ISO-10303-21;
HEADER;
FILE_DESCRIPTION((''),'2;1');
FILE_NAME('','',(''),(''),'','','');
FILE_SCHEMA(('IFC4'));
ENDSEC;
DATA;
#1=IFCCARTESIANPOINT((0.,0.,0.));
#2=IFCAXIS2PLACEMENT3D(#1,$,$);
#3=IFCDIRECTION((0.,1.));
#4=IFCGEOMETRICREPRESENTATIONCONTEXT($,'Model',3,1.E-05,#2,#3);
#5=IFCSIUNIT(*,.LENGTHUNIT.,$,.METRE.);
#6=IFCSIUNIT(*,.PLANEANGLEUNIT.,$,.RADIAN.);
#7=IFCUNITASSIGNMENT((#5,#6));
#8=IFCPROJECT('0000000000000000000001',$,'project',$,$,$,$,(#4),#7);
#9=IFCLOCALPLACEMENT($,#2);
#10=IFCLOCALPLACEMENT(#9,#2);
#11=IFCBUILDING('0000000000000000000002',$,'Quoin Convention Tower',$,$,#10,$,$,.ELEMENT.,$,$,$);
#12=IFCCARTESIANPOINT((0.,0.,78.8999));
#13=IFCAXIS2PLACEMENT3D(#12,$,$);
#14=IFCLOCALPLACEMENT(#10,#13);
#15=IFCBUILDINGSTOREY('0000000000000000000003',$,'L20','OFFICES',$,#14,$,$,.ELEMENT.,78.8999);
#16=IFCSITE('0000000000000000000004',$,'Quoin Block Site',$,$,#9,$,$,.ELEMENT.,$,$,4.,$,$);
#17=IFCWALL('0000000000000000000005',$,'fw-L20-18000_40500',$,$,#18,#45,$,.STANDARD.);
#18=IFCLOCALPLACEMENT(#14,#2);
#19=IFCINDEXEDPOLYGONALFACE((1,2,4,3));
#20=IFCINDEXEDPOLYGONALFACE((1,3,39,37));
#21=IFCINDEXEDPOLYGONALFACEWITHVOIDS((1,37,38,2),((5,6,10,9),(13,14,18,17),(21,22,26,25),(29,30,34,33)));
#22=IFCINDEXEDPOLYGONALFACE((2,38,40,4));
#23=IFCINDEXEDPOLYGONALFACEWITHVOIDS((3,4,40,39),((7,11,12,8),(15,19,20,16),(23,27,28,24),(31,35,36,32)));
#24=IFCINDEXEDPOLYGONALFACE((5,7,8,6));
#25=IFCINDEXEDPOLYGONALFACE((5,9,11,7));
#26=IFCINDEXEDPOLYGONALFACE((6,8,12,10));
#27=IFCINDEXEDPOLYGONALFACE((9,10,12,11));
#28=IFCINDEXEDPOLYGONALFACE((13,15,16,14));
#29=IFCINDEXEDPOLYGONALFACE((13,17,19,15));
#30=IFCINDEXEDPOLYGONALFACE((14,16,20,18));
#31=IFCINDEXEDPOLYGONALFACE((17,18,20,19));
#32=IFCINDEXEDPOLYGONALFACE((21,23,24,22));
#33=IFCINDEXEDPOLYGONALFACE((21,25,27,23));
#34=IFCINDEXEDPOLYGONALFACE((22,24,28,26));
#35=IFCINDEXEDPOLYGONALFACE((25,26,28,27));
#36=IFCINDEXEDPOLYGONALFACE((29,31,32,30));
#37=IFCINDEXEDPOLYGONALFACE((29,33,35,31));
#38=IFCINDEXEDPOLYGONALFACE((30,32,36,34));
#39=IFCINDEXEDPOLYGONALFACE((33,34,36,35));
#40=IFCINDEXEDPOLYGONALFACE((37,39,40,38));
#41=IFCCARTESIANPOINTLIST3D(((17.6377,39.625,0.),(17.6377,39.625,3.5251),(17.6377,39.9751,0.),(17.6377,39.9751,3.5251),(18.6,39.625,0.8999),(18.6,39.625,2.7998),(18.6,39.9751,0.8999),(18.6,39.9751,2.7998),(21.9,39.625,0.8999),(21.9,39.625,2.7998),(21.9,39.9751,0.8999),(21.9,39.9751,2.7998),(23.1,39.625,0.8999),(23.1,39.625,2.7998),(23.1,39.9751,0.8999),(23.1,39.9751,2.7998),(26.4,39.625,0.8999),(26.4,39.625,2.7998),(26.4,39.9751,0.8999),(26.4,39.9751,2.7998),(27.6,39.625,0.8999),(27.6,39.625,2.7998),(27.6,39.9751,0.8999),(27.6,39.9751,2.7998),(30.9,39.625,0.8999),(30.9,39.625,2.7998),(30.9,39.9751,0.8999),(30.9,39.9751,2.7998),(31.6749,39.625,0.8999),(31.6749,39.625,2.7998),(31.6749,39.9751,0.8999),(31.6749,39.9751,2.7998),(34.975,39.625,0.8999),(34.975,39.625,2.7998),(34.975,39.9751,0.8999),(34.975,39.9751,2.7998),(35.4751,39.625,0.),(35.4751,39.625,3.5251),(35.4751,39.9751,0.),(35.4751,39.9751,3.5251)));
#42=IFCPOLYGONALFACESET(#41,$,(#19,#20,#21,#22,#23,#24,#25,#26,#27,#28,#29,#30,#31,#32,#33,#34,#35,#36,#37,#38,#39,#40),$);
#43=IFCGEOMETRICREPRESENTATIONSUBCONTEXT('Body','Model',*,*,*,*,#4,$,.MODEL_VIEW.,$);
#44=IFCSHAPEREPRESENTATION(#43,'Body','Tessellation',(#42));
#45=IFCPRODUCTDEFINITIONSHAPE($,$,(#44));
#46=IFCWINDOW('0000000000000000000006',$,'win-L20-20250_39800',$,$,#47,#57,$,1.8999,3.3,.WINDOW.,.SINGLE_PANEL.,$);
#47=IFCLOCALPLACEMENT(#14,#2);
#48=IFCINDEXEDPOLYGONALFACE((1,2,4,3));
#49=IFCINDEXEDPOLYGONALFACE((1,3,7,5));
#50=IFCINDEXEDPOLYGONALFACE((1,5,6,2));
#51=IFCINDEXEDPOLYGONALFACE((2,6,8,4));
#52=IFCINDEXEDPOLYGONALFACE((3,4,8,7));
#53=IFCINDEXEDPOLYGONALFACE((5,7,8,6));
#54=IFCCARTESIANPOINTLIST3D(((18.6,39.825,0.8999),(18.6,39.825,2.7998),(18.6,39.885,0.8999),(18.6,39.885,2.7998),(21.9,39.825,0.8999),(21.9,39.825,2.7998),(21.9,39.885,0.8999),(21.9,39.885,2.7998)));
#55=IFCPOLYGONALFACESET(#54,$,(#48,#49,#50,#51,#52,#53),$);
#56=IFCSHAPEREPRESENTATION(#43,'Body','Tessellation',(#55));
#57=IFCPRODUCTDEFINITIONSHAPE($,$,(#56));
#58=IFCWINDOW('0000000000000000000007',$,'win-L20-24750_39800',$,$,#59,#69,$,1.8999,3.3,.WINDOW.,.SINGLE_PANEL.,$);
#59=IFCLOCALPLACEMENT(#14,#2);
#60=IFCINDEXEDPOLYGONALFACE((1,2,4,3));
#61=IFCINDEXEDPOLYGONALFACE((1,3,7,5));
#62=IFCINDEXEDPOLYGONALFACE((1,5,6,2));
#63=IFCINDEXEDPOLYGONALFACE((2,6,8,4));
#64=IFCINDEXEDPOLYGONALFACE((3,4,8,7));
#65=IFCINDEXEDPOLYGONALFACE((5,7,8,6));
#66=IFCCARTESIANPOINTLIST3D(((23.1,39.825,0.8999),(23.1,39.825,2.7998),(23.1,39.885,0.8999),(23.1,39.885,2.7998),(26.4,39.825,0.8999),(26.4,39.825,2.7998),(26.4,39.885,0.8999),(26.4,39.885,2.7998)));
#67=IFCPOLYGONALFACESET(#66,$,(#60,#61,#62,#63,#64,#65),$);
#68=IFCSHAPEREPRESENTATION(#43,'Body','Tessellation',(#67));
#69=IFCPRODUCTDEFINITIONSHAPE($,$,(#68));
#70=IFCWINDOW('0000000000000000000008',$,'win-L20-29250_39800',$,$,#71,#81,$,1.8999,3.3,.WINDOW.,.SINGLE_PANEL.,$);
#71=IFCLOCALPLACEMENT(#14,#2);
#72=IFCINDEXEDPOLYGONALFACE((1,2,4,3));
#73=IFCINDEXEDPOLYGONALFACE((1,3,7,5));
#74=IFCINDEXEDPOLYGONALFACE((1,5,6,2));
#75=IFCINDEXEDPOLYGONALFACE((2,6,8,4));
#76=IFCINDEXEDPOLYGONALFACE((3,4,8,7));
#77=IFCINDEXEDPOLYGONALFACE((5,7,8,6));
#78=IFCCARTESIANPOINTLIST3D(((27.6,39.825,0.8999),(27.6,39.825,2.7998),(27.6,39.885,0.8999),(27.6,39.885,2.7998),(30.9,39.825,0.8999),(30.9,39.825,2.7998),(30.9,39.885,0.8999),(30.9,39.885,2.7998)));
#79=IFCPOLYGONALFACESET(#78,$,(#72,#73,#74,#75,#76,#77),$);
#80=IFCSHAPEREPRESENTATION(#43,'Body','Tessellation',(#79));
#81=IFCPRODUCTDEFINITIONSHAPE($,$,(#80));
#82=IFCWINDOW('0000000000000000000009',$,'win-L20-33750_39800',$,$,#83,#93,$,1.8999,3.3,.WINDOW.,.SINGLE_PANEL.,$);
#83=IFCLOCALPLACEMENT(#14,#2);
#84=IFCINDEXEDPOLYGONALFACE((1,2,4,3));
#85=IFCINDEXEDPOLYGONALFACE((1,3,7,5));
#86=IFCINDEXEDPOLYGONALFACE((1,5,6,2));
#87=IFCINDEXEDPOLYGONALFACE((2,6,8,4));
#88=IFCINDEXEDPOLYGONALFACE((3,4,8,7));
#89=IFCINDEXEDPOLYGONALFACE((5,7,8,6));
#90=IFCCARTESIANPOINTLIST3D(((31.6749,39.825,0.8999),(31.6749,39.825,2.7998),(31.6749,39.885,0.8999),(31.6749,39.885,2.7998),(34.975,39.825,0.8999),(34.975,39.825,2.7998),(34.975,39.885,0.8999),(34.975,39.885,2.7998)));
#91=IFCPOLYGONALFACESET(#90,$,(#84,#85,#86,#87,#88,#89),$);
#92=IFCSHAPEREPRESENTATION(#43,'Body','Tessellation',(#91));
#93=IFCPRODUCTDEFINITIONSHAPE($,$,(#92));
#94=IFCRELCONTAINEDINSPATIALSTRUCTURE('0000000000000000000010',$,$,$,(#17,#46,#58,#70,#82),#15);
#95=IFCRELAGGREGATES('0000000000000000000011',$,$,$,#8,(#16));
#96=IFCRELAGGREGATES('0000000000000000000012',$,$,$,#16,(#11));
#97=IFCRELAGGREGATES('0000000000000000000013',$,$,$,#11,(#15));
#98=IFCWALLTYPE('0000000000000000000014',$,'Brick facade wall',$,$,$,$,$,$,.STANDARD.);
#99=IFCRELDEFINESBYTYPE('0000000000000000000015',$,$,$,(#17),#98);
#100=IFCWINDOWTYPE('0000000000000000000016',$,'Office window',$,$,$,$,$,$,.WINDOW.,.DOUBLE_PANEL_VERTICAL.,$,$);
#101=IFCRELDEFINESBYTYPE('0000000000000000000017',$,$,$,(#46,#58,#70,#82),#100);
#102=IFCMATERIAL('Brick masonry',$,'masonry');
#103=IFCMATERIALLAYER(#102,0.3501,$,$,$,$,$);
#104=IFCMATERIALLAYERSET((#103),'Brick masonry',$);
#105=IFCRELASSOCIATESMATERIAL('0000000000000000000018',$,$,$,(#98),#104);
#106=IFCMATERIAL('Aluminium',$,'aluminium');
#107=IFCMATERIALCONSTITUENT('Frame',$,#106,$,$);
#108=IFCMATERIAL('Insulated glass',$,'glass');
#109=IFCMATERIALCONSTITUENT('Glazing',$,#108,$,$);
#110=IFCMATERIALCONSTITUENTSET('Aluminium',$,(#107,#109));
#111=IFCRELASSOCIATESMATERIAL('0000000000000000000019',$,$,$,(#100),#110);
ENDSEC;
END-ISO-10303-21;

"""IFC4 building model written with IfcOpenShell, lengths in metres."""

from ifc_helpers import new_model, si_unit, direction, frame, frame_2d, origin, place, context, subcontext, project, spatial, rectangle, extrude, material, layer, layer_set, constituent, constituent_set, type_object, element, fill, save


model = new_model("IFC4")

# Units and contexts
model_context = context("Model", 3, precision=1e-05, world=origin(), true_north=direction((0.0, 1.0)))
body_context = subcontext(model_context, "Body", "Model", "MODEL_VIEW")
ifc_project = project(units=[si_unit("LENGTHUNIT", "METRE"), si_unit("PLANEANGLEUNIT", "RADIAN")], contexts=[model_context])

# Site, building, storey
site_placement = place(None, origin())
site = spatial("IfcSite", under=ifc_project, at=site_placement, Name="Quoin Block Site", CompositionType="ELEMENT", RefElevation=4.0)
building_placement = place(site_placement, origin())
building = spatial("IfcBuilding", under=site, at=building_placement, Name="Quoin Convention Tower", CompositionType="ELEMENT")
storey_placement = place(building_placement, frame((0.0, 0.0, 78.8999)))
storey = spatial("IfcBuildingStorey", under=building, at=storey_placement, Name="L20", Description="OFFICES", CompositionType="ELEMENT", Elevation=78.8999)

# Wall, openings, windows
ifc_material_1 = material(Name="Brick masonry", Category="masonry")
ifc_layer_1 = layer(ifc_material_1, 0.3501)
ifc_layer_set_1 = layer_set([ifc_layer_1], Name="Brick masonry")
wall_type_1 = type_object("IfcWallType", Name="Brick facade wall", PredefinedType="STANDARD", material=ifc_layer_set_1)
wall_1_placement = place(storey_placement, frame((17.6377, 39.8, 0.0), z_axis=(0.0, 0.0, 1.0), x_axis=(1.0, 0.0, 0.0)))
wall_1 = element("IfcWall", 1, at=wall_1_placement, inside=storey, type_object=wall_type_1, Name="fw-L20-18000_40500", PredefinedType="STANDARD", context=body_context, shape_type="SweptSolid", body=[
    extrude(rectangle(XDim=17.8374, YDim=0.3501, at=frame_2d((8.9187, 0.0))), origin(), (0.0, 0.0, 1.0), 3.5251),
])
opening_1_placement = place(wall_1_placement, frame((0.9624, 0.0, 0.8999)))
opening_1 = element("IfcOpeningElement", 2, at=opening_1_placement, cuts=wall_1, PredefinedType="OPENING", context=body_context, shape_type="SweptSolid", body=[
    extrude(rectangle(XDim=3.3, YDim=1.8999, at=frame_2d((1.6499, 0.95))), frame((0.0, 0.1851, 0.0), z_axis=(0.0, -1.0, 0.0), x_axis=(1.0, 0.0, 0.0)), (0.0, 0.0, 1.0), 0.3701),
])
opening_2_placement = place(wall_1_placement, frame((5.4624, 0.0, 0.8999)))
opening_2 = element("IfcOpeningElement", 3, at=opening_2_placement, cuts=wall_1, PredefinedType="OPENING", context=body_context, shape_type="SweptSolid", body=[
    extrude(rectangle(XDim=3.3, YDim=1.8999, at=frame_2d((1.6499, 0.95))), frame((0.0, 0.1851, 0.0), z_axis=(0.0, -1.0, 0.0), x_axis=(1.0, 0.0, 0.0)), (0.0, 0.0, 1.0), 0.3701),
])
opening_3_placement = place(wall_1_placement, frame((9.9624, 0.0, 0.8999)))
opening_3 = element("IfcOpeningElement", 4, at=opening_3_placement, cuts=wall_1, PredefinedType="OPENING", context=body_context, shape_type="SweptSolid", body=[
    extrude(rectangle(XDim=3.3, YDim=1.8999, at=frame_2d((1.6499, 0.95))), frame((0.0, 0.1851, 0.0), z_axis=(0.0, -1.0, 0.0), x_axis=(1.0, 0.0, 0.0)), (0.0, 0.0, 1.0), 0.3701),
])
opening_4_placement = place(wall_1_placement, frame((14.0374, 0.0, 0.8999)))
opening_4 = element("IfcOpeningElement", 5, at=opening_4_placement, cuts=wall_1, PredefinedType="OPENING", context=body_context, shape_type="SweptSolid", body=[
    extrude(rectangle(XDim=3.3, YDim=1.8999, at=frame_2d((1.6499, 0.95))), frame((0.0, 0.1851, 0.0), z_axis=(0.0, -1.0, 0.0), x_axis=(1.0, 0.0, 0.0)), (0.0, 0.0, 1.0), 0.3701),
])
ifc_material_2 = material(Name="Aluminium", Category="aluminium")
ifc_constituent_1 = constituent(ifc_material_2, Name="Frame")
ifc_material_3 = material(Name="Insulated glass", Category="glass")
ifc_constituent_2 = constituent(ifc_material_3, Name="Glazing")
ifc_constituent_set = constituent_set(constituents=[ifc_constituent_1, ifc_constituent_2], Name="Aluminium")
window_type = type_object("IfcWindowType", Name="Office window", PartitioningType="DOUBLE_PANEL_VERTICAL", PredefinedType="WINDOW", material=ifc_constituent_set)
window_1_placement = place(opening_1_placement, origin())
window_1 = element("IfcWindow", 6, at=window_1_placement, inside=storey, type_object=window_type, Name="win-L20-20250_39800", OverallHeight=1.8999, OverallWidth=3.3, PartitioningType="SINGLE_PANEL", PredefinedType="WINDOW", context=body_context, shape_type="SweptSolid", body=[
    extrude(rectangle(XDim=3.3, YDim=1.8999, at=frame_2d((1.6499, 0.95))), frame((0.0, 0.085, 0.0), z_axis=(0.0, -1.0, 0.0), x_axis=(1.0, 0.0, 0.0)), (0.0, 0.0, 1.0), 0.0601),
])
fill(opening_1, window_1)
window_2_placement = place(opening_2_placement, origin())
window_2 = element("IfcWindow", 7, at=window_2_placement, inside=storey, type_object=window_type, Name="win-L20-24750_39800", OverallHeight=1.8999, OverallWidth=3.3, PartitioningType="SINGLE_PANEL", PredefinedType="WINDOW", context=body_context, shape_type="SweptSolid", body=[
    extrude(rectangle(XDim=3.3, YDim=1.8999, at=frame_2d((1.6499, 0.95))), frame((0.0, 0.085, 0.0), z_axis=(0.0, -1.0, 0.0), x_axis=(1.0, 0.0, 0.0)), (0.0, 0.0, 1.0), 0.0601),
])
fill(opening_2, window_2)
window_3_placement = place(opening_3_placement, origin())
window_3 = element("IfcWindow", 8, at=window_3_placement, inside=storey, type_object=window_type, Name="win-L20-29250_39800", OverallHeight=1.8999, OverallWidth=3.3, PartitioningType="SINGLE_PANEL", PredefinedType="WINDOW", context=body_context, shape_type="SweptSolid", body=[
    extrude(rectangle(XDim=3.3, YDim=1.8999, at=frame_2d((1.6499, 0.95))), frame((0.0, 0.085, 0.0), z_axis=(0.0, -1.0, 0.0), x_axis=(1.0, 0.0, 0.0)), (0.0, 0.0, 1.0), 0.0601),
])
fill(opening_3, window_3)
window_4_placement = place(opening_4_placement, origin())
window_4 = element("IfcWindow", 9, at=window_4_placement, inside=storey, type_object=window_type, Name="win-L20-33750_39800", OverallHeight=1.8999, OverallWidth=3.3, PartitioningType="SINGLE_PANEL", PredefinedType="WINDOW", context=body_context, shape_type="SweptSolid", body=[
    extrude(rectangle(XDim=3.3, YDim=1.8999, at=frame_2d((1.6499, 0.95))), frame((0.0, 0.085, 0.0), z_axis=(0.0, -1.0, 0.0), x_axis=(1.0, 0.0, 0.0)), (0.0, 0.0, 1.0), 0.0601),
])
fill(opening_4, window_4)

save(model, "model.ifc")
